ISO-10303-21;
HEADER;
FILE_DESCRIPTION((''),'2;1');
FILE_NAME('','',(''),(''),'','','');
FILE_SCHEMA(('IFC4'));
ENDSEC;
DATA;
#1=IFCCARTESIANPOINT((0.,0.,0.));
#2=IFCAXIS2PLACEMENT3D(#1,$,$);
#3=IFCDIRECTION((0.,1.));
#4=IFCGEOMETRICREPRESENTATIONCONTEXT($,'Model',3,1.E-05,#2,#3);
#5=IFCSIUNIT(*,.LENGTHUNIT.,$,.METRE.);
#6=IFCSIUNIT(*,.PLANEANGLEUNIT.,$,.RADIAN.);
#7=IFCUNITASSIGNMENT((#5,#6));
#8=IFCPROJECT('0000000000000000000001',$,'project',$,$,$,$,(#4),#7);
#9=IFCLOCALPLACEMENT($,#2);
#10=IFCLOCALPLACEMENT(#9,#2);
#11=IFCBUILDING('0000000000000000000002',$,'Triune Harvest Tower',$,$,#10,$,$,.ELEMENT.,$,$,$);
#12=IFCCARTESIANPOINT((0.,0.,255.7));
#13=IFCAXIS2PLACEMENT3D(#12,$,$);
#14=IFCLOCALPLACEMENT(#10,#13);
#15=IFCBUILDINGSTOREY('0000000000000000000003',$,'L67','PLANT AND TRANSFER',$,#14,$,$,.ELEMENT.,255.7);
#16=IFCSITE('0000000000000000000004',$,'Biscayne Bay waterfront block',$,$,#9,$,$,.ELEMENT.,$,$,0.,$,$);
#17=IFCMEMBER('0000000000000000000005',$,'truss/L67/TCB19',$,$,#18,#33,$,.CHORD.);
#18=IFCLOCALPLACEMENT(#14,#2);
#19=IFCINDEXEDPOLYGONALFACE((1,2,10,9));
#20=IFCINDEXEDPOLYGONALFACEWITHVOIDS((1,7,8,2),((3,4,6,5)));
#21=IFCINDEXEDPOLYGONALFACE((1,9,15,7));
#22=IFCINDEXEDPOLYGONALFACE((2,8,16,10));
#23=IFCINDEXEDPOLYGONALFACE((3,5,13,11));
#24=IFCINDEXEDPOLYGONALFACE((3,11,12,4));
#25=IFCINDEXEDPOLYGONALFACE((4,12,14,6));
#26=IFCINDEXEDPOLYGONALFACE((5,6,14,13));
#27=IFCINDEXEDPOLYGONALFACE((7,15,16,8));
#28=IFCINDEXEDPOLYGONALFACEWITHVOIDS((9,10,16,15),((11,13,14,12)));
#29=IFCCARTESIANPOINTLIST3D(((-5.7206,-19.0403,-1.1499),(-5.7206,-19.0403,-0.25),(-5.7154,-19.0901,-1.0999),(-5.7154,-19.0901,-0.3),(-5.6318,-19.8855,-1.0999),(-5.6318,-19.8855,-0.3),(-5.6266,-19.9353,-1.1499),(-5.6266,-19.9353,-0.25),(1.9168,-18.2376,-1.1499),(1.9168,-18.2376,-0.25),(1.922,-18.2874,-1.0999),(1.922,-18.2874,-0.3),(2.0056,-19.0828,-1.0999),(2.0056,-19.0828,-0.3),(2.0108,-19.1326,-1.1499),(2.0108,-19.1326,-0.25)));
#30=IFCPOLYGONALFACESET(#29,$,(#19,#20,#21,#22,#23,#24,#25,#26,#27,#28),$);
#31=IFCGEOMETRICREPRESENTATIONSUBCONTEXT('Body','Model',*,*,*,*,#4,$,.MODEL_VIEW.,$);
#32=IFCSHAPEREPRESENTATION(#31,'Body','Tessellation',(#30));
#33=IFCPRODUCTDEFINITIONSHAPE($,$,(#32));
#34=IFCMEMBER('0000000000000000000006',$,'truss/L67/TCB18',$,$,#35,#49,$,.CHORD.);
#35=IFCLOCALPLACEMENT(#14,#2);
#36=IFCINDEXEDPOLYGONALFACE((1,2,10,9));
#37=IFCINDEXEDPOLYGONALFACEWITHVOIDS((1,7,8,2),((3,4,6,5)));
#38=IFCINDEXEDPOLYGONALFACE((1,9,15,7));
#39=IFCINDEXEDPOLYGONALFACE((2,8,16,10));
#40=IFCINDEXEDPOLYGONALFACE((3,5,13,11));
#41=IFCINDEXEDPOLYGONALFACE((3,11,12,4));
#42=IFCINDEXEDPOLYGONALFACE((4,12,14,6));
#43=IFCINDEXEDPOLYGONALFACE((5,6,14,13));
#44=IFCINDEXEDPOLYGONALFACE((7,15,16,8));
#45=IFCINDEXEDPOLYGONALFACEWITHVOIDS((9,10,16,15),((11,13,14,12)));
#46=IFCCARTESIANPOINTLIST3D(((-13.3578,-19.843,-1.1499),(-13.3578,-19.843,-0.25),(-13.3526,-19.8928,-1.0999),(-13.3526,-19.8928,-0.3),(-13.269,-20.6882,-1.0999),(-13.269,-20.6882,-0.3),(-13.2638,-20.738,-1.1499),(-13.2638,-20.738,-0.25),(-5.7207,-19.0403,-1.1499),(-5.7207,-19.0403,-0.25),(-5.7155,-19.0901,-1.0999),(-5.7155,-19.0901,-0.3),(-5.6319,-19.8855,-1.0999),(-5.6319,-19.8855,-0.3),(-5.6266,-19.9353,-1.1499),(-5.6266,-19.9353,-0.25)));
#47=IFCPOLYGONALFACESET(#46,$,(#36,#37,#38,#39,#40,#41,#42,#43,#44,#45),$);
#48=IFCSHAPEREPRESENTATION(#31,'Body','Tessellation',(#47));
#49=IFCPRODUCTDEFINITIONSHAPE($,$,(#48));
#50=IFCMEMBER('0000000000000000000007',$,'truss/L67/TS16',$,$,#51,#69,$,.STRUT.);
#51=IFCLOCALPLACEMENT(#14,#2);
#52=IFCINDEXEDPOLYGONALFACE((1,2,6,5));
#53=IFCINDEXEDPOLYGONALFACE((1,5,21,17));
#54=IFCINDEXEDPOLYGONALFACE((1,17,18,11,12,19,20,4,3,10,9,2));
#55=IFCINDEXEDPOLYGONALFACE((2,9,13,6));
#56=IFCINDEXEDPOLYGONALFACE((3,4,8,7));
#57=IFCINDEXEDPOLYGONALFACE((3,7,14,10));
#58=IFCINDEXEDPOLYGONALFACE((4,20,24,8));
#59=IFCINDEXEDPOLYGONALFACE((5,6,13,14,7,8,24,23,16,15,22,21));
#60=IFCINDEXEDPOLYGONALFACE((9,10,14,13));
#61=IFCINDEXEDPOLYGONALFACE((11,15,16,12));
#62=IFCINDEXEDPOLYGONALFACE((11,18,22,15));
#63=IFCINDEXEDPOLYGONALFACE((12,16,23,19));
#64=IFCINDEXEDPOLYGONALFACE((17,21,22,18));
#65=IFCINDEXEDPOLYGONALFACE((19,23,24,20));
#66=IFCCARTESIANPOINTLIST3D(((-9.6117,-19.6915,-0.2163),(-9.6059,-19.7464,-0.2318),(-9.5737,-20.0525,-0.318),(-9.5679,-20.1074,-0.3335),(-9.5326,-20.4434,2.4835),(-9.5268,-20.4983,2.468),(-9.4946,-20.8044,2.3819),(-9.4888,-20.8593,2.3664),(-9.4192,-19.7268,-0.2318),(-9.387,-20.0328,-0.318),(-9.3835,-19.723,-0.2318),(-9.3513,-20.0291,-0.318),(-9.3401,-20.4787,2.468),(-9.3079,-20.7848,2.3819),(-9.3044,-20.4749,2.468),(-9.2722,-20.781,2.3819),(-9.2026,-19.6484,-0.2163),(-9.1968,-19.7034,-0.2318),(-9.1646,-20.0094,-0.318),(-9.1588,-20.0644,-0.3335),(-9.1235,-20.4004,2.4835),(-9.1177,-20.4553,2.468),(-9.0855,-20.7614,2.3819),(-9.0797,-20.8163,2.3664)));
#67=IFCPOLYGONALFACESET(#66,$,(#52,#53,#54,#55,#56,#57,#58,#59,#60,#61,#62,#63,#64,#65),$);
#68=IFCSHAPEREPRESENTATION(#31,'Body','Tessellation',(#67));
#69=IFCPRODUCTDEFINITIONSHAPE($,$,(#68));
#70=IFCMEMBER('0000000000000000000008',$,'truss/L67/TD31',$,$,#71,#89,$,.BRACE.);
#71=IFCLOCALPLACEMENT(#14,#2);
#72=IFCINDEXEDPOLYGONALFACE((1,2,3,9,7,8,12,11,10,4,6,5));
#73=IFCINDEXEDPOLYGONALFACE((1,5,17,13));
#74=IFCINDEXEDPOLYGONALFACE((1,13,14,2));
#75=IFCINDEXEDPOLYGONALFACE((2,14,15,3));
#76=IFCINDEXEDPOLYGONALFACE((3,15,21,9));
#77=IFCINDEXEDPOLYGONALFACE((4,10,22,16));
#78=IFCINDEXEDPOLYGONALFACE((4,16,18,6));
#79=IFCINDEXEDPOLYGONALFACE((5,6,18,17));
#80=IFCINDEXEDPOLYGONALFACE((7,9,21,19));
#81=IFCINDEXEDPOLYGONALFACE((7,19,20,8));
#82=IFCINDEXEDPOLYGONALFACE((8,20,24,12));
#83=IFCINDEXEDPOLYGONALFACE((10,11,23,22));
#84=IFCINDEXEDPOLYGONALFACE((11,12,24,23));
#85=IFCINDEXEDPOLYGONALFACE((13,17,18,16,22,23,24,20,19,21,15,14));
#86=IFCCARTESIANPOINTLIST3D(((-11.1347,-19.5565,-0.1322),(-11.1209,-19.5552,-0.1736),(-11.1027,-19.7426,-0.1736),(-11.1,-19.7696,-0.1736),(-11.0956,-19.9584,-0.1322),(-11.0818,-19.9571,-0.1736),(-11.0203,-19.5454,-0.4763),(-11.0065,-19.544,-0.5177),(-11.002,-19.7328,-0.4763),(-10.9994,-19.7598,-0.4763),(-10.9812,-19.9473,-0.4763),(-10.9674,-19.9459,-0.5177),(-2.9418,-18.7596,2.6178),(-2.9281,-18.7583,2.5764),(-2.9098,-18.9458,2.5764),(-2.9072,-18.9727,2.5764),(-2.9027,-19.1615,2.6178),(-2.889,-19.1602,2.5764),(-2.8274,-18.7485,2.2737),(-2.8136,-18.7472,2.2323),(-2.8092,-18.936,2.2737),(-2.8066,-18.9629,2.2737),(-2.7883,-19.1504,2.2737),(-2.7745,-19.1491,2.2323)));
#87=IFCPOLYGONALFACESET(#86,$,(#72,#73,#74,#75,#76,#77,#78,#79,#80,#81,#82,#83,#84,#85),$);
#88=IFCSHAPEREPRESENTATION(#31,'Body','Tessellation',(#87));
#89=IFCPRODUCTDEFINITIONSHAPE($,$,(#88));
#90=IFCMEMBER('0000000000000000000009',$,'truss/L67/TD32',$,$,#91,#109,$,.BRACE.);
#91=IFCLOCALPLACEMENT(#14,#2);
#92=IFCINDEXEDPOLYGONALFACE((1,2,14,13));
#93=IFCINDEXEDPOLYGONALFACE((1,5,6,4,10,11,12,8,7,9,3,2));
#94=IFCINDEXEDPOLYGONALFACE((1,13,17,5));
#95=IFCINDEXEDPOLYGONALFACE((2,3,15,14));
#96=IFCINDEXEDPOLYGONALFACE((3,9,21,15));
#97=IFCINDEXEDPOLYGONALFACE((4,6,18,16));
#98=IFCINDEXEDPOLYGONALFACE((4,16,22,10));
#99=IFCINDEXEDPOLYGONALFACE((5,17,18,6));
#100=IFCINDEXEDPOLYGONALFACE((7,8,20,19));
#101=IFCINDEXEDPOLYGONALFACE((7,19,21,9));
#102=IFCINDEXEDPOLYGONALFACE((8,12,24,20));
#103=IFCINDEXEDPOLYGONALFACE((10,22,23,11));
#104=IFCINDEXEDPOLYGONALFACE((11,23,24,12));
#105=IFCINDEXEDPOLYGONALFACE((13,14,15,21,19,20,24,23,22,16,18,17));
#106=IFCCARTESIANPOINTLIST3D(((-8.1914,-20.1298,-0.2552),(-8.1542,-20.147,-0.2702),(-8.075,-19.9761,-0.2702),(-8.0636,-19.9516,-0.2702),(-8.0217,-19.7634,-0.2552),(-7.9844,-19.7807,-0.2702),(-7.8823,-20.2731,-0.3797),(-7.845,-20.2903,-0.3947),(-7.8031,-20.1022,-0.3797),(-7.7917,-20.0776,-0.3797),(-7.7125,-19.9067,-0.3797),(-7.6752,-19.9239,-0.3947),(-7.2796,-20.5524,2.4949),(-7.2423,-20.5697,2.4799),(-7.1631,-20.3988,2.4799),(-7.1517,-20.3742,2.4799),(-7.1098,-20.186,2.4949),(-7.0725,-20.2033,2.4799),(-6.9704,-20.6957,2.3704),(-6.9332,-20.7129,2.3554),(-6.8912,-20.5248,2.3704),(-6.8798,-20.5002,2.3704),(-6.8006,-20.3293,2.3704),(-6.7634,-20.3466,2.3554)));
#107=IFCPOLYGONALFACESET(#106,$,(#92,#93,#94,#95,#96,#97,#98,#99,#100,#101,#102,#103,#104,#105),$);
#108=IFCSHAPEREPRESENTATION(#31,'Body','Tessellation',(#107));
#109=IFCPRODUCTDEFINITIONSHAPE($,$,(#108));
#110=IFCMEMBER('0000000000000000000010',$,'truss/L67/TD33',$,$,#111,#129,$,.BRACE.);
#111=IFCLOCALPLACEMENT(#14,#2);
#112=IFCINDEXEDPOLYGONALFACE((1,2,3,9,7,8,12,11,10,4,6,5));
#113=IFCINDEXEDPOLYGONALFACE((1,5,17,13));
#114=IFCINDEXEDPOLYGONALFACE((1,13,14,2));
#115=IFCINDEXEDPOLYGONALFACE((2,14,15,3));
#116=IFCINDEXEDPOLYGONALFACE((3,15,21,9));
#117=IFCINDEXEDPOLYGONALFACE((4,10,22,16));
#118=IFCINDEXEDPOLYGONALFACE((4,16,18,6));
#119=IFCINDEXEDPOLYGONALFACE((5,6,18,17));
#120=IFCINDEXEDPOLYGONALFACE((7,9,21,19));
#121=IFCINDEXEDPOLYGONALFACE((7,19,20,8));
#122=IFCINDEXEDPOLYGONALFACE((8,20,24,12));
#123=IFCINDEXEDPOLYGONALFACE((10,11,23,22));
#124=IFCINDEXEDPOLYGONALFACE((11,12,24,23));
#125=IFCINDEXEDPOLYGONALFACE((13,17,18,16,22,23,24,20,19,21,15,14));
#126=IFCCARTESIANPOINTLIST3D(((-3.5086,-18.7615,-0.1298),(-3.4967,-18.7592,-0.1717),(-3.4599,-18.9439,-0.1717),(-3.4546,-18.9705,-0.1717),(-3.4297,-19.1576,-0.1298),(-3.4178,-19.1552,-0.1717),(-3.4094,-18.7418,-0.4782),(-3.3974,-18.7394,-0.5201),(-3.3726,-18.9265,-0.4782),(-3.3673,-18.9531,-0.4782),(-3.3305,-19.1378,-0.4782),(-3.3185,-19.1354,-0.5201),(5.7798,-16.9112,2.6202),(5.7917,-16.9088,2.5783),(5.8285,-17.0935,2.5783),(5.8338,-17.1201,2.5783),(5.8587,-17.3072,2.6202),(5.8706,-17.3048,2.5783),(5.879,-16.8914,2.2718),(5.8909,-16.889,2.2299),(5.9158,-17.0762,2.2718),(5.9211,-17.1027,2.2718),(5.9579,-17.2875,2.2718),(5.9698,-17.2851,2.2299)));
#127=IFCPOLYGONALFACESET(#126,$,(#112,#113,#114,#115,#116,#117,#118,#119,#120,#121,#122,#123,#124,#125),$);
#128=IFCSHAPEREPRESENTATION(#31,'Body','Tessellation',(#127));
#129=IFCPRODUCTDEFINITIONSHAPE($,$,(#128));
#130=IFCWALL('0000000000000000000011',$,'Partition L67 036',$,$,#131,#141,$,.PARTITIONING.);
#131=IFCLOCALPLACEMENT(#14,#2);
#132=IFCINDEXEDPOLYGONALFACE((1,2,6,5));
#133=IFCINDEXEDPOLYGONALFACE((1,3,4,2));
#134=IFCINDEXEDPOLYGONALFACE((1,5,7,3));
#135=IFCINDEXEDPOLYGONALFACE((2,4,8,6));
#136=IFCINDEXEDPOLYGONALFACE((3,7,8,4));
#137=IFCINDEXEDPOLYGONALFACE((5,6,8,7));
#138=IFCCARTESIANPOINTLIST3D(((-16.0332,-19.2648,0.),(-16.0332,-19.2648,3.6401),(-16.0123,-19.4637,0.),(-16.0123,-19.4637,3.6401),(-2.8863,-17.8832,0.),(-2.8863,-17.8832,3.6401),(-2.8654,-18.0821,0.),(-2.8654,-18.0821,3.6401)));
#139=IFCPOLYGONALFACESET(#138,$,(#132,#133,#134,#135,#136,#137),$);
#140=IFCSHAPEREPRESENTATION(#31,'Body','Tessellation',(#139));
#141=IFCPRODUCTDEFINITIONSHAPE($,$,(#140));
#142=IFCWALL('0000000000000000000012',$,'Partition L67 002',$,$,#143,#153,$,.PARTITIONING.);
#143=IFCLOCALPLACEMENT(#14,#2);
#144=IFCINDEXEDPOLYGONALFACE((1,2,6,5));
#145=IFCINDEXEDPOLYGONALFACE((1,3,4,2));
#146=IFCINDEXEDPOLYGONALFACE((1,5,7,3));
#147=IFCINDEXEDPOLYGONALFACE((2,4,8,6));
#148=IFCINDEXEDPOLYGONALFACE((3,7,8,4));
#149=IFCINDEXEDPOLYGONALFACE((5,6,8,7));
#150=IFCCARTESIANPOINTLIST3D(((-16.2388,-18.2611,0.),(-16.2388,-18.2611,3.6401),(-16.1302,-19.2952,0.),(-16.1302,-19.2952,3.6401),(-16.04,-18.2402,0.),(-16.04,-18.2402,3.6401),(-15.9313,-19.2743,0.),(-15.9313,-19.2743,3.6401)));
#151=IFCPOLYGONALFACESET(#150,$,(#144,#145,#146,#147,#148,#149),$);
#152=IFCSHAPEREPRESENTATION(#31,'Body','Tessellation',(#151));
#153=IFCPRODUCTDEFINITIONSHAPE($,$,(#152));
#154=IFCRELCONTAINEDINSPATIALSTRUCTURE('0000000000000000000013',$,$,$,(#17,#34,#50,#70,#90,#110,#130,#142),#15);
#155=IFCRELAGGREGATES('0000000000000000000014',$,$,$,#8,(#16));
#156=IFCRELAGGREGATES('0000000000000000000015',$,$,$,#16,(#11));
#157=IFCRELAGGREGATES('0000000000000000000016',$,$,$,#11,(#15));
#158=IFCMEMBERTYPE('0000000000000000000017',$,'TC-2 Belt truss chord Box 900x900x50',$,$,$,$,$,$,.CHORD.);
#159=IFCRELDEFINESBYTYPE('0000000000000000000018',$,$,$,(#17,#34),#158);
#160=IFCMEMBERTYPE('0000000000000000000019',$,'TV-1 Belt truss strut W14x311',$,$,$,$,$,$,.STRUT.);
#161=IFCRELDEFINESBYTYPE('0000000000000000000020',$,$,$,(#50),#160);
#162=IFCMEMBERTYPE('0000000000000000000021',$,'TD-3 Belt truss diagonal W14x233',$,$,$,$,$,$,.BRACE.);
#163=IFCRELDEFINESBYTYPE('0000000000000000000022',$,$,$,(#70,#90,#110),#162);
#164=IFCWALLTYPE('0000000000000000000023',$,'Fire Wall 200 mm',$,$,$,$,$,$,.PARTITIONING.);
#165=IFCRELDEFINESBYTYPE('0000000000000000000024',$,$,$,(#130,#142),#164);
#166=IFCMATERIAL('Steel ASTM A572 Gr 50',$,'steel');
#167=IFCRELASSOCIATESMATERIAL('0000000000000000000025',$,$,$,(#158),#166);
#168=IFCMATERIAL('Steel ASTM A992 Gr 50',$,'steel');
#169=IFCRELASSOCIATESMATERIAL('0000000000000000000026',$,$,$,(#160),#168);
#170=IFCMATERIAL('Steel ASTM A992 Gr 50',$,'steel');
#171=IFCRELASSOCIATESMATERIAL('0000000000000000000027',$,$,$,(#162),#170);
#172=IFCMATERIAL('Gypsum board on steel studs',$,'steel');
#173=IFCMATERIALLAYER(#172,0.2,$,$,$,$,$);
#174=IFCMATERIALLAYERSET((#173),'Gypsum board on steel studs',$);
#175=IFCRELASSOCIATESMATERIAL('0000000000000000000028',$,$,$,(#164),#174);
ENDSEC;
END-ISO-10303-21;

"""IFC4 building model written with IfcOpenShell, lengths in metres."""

from ifc_helpers import new_model, si_unit, direction, frame, frame_2d, origin, origin_2d, place, context, subcontext, project, spatial, rectangle, hollow_rectangle, i_section, extrude, source, transform, mapped, material, layer, layer_set, material_profile, profile_set, type_object, element, save


model = new_model("IFC4")

# Units and contexts
model_context = context("Model", 3, precision=1e-05, world=origin(), true_north=direction((0.0, 1.0)))
body_context = subcontext(model_context, "Body", "Model", "MODEL_VIEW")
ifc_project = project(units=[si_unit("LENGTHUNIT", "METRE"), si_unit("PLANEANGLEUNIT", "RADIAN")], contexts=[model_context])

# Site, building, storey
site_placement = place(None, origin())
site = spatial("IfcSite", under=ifc_project, at=site_placement, Name="Biscayne Bay waterfront block", CompositionType="ELEMENT", RefElevation=0.0)
building_placement = place(site_placement, origin())
building = spatial("IfcBuilding", under=site, at=building_placement, Name="Triune Harvest Tower", CompositionType="ELEMENT")
storey_placement = place(building_placement, frame((0.0, 0.0, 255.7)))
storey = spatial("IfcBuildingStorey", under=building, at=storey_placement, Name="L67", Description="PLANT AND TRANSFER", CompositionType="ELEMENT", Elevation=255.7)

# Members
ifc_material_1 = material(Name="Steel ASTM A572 Gr 50", Category="steel")
ifc_material_profile_1 = material_profile(ifc_material_1, hollow_rectangle(XDim=0.8999, YDim=0.8999, WallThickness=0.05, at=origin_2d()), Name="Box 900x900x50")
ifc_profile_set_1 = profile_set([ifc_material_profile_1], Name="Steel ASTM A572 Gr 50")
member_type_1 = type_object("IfcMemberType", Name="TC-2 Belt truss chord Box 900x900x50", PredefinedType="CHORD", material=ifc_profile_set_1)
shared_shape_1 = source(origin(), body_context, "Body", "SweptSolid", [
    extrude(hollow_rectangle(XDim=0.8999, YDim=0.8999, WallThickness=0.05, at=origin_2d()), origin(), (0.0, 0.0, 1.0), 7.6794),
])
member_1_placement = place(storey_placement, frame((-5.6736, -19.4878, -0.7), z_axis=(0.994522, 0.104529, 0.0), x_axis=(-0.104529, 0.994522, 0.0)))
element("IfcMember", 1, at=member_1_placement, inside=storey, type_object=member_type_1, Name="truss/L67/TCB19", PredefinedType="CHORD", context=body_context, shape_type="MappedRepresentation", body=[
    mapped(shared_shape_1, transform((0.0, 0.0, 0.0), scale=1.0)),
])
shared_shape_2 = source(origin(), body_context, "Body", "SweptSolid", [
    extrude(hollow_rectangle(XDim=0.8999, YDim=0.8999, WallThickness=0.05, at=origin_2d()), origin(), (0.0, 0.0, 1.0), 7.6792),
])
member_2_placement = place(storey_placement, frame((-13.3108, -20.2905, -0.7), z_axis=(0.994521, 0.104533, 0.0), x_axis=(-0.104533, 0.994521, 0.0)))
element("IfcMember", 2, at=member_2_placement, inside=storey, type_object=member_type_1, Name="truss/L67/TCB18", PredefinedType="CHORD", context=body_context, shape_type="MappedRepresentation", body=[
    mapped(shared_shape_2, transform((0.0, 0.0, 0.0), scale=1.0)),
])
ifc_material_2 = material(Name="Steel ASTM A992 Gr 50", Category="steel")
ifc_material_profile_2 = material_profile(ifc_material_2, i_section(OverallWidth=0.4114, OverallDepth=0.4343, WebThickness=0.0359, FlangeThickness=0.0574, at=origin_2d()), Name="W14x311")
ifc_profile_set_2 = profile_set([ifc_material_profile_2], Name="Steel ASTM A992 Gr 50")
member_type_2 = type_object("IfcMemberType", Name="TV-1 Belt truss strut W14x311", PredefinedType="STRUT", material=ifc_profile_set_2)
shared_shape_3 = source(origin(), body_context, "Body", "SweptSolid", [
    extrude(i_section(OverallWidth=0.4114, OverallDepth=0.4343, WebThickness=0.0359, FlangeThickness=0.0574, at=origin_2d()), origin(), (0.0, 0.0, 1.0), 2.8037),
])
member_3_placement = place(storey_placement, frame((-9.3853, -19.8779, -0.2749), z_axis=(0.028212, -0.268188, 0.962953), x_axis=(0.994513, 0.104618, 0.0)))
element("IfcMember", 3, at=member_3_placement, inside=storey, type_object=member_type_2, Name="truss/L67/TS16", PredefinedType="STRUT", context=body_context, shape_type="MappedRepresentation", body=[
    mapped(shared_shape_3, transform((0.0, 0.0, 0.0), scale=1.0)),
])
ifc_material_3 = material(Name="Steel ASTM A992 Gr 50", Category="steel")
ifc_material_profile_3 = material_profile(ifc_material_3, i_section(OverallWidth=0.4038, OverallDepth=0.4065, WebThickness=0.0271, FlangeThickness=0.0437, at=origin_2d()), Name="W14x233")
ifc_profile_set_3 = profile_set([ifc_material_profile_3], Name="Steel ASTM A992 Gr 50")
member_type_3 = type_object("IfcMemberType", Name="TD-3 Belt truss diagonal W14x233", PredefinedType="BRACE", material=ifc_profile_set_3)
shared_shape_4 = source(origin(), body_context, "Body", "SweptSolid", [
    extrude(i_section(OverallWidth=0.4038, OverallDepth=0.4065, WebThickness=0.0271, FlangeThickness=0.0437, at=origin_2d()), origin(), (0.0, 0.0, 1.0), 8.6787),
])
member_4_placement = place(storey_placement, frame((-11.051, -19.7512, -0.325), z_axis=(0.944015, 0.091819, 0.316866), x_axis=(-0.096808, 0.995303, 0.0)))
element("IfcMember", 4, at=member_4_placement, inside=storey, type_object=member_type_3, Name="truss/L67/TD31", PredefinedType="BRACE", context=body_context, shape_type="MappedRepresentation", body=[
    mapped(shared_shape_4, transform((0.0, 0.0, 0.0), scale=1.0)),
])
shared_shape_5 = source(origin(), body_context, "Body", "SweptSolid", [
    extrude(i_section(OverallWidth=0.4038, OverallDepth=0.4065, WebThickness=0.0271, FlangeThickness=0.0437, at=origin_2d()), origin(), (0.0, 0.0, 1.0), 2.928),
])
member_5_placement = place(storey_placement, frame((-7.9333, -20.0269, -0.325), z_axis=(0.31144, -0.144338, 0.93924), x_axis=(0.42049, 0.907297, 0.0)))
element("IfcMember", 5, at=member_5_placement, inside=storey, type_object=member_type_3, Name="truss/L67/TD32", PredefinedType="BRACE", context=body_context, shape_type="MappedRepresentation", body=[
    mapped(shared_shape_5, transform((0.0, 0.0, 0.0), scale=1.0)),
])
shared_shape_6 = source(origin(), body_context, "Body", "SweptSolid", [
    extrude(i_section(OverallWidth=0.4038, OverallDepth=0.4065, WebThickness=0.0271, FlangeThickness=0.0437, at=origin_2d()), origin(), (0.0, 0.0, 1.0), 9.8621),
])
member_6_placement = place(storey_placement, frame((-3.4136, -18.9485, -0.325), z_axis=(0.941829, 0.187623, 0.278848), x_axis=(-0.195372, 0.980729, 0.0)))
element("IfcMember", 6, at=member_6_placement, inside=storey, type_object=member_type_3, Name="truss/L67/TD33", PredefinedType="BRACE", context=body_context, shape_type="MappedRepresentation", body=[
    mapped(shared_shape_6, transform((0.0, 0.0, 0.0), scale=1.0)),
])

# Walls
ifc_material_4 = material(Name="Gypsum board on steel studs", Category="steel")
ifc_layer = layer(ifc_material_4, 0.2)
ifc_layer_set = layer_set([ifc_layer], Name="Gypsum board on steel studs")
wall_type = type_object("IfcWallType", Name="Fire Wall 200 mm", PredefinedType="PARTITIONING", material=ifc_layer_set)
wall_1_placement = place(storey_placement, frame((-16.0227, -19.3643, 0.0), z_axis=(0.0, 0.0, 1.0), x_axis=(0.994523, 0.104515, 0.0)))
element("IfcWall", 7, at=wall_1_placement, inside=storey, type_object=wall_type, Name="Partition L67 036", PredefinedType="PARTITIONING", context=body_context, shape_type="SweptSolid", body=[
    extrude(rectangle(XDim=13.2192, YDim=0.2, at=frame_2d((6.6096, 0.0))), origin(), (0.0, 0.0, 1.0), 3.6401),
])
shared_shape_7 = source(origin(), body_context, "Body", "SweptSolid", [
    extrude(rectangle(XDim=1.0398, YDim=0.2, at=frame_2d((0.52, 0.0))), origin(), (0.0, 0.0, 1.0), 3.6401),
])
wall_2_placement = place(storey_placement, frame((-16.1394, -18.2505, 0.0), z_axis=(0.0, 0.0, 1.0), x_axis=(0.104477, -0.994527, 0.0)))
element("IfcWall", 8, at=wall_2_placement, inside=storey, type_object=wall_type, Name="Partition L67 002", PredefinedType="PARTITIONING", context=body_context, shape_type="MappedRepresentation", body=[
    mapped(shared_shape_7, transform((0.0, 0.0, 0.0), scale=1.0)),
])

save(model, "model.ifc")
